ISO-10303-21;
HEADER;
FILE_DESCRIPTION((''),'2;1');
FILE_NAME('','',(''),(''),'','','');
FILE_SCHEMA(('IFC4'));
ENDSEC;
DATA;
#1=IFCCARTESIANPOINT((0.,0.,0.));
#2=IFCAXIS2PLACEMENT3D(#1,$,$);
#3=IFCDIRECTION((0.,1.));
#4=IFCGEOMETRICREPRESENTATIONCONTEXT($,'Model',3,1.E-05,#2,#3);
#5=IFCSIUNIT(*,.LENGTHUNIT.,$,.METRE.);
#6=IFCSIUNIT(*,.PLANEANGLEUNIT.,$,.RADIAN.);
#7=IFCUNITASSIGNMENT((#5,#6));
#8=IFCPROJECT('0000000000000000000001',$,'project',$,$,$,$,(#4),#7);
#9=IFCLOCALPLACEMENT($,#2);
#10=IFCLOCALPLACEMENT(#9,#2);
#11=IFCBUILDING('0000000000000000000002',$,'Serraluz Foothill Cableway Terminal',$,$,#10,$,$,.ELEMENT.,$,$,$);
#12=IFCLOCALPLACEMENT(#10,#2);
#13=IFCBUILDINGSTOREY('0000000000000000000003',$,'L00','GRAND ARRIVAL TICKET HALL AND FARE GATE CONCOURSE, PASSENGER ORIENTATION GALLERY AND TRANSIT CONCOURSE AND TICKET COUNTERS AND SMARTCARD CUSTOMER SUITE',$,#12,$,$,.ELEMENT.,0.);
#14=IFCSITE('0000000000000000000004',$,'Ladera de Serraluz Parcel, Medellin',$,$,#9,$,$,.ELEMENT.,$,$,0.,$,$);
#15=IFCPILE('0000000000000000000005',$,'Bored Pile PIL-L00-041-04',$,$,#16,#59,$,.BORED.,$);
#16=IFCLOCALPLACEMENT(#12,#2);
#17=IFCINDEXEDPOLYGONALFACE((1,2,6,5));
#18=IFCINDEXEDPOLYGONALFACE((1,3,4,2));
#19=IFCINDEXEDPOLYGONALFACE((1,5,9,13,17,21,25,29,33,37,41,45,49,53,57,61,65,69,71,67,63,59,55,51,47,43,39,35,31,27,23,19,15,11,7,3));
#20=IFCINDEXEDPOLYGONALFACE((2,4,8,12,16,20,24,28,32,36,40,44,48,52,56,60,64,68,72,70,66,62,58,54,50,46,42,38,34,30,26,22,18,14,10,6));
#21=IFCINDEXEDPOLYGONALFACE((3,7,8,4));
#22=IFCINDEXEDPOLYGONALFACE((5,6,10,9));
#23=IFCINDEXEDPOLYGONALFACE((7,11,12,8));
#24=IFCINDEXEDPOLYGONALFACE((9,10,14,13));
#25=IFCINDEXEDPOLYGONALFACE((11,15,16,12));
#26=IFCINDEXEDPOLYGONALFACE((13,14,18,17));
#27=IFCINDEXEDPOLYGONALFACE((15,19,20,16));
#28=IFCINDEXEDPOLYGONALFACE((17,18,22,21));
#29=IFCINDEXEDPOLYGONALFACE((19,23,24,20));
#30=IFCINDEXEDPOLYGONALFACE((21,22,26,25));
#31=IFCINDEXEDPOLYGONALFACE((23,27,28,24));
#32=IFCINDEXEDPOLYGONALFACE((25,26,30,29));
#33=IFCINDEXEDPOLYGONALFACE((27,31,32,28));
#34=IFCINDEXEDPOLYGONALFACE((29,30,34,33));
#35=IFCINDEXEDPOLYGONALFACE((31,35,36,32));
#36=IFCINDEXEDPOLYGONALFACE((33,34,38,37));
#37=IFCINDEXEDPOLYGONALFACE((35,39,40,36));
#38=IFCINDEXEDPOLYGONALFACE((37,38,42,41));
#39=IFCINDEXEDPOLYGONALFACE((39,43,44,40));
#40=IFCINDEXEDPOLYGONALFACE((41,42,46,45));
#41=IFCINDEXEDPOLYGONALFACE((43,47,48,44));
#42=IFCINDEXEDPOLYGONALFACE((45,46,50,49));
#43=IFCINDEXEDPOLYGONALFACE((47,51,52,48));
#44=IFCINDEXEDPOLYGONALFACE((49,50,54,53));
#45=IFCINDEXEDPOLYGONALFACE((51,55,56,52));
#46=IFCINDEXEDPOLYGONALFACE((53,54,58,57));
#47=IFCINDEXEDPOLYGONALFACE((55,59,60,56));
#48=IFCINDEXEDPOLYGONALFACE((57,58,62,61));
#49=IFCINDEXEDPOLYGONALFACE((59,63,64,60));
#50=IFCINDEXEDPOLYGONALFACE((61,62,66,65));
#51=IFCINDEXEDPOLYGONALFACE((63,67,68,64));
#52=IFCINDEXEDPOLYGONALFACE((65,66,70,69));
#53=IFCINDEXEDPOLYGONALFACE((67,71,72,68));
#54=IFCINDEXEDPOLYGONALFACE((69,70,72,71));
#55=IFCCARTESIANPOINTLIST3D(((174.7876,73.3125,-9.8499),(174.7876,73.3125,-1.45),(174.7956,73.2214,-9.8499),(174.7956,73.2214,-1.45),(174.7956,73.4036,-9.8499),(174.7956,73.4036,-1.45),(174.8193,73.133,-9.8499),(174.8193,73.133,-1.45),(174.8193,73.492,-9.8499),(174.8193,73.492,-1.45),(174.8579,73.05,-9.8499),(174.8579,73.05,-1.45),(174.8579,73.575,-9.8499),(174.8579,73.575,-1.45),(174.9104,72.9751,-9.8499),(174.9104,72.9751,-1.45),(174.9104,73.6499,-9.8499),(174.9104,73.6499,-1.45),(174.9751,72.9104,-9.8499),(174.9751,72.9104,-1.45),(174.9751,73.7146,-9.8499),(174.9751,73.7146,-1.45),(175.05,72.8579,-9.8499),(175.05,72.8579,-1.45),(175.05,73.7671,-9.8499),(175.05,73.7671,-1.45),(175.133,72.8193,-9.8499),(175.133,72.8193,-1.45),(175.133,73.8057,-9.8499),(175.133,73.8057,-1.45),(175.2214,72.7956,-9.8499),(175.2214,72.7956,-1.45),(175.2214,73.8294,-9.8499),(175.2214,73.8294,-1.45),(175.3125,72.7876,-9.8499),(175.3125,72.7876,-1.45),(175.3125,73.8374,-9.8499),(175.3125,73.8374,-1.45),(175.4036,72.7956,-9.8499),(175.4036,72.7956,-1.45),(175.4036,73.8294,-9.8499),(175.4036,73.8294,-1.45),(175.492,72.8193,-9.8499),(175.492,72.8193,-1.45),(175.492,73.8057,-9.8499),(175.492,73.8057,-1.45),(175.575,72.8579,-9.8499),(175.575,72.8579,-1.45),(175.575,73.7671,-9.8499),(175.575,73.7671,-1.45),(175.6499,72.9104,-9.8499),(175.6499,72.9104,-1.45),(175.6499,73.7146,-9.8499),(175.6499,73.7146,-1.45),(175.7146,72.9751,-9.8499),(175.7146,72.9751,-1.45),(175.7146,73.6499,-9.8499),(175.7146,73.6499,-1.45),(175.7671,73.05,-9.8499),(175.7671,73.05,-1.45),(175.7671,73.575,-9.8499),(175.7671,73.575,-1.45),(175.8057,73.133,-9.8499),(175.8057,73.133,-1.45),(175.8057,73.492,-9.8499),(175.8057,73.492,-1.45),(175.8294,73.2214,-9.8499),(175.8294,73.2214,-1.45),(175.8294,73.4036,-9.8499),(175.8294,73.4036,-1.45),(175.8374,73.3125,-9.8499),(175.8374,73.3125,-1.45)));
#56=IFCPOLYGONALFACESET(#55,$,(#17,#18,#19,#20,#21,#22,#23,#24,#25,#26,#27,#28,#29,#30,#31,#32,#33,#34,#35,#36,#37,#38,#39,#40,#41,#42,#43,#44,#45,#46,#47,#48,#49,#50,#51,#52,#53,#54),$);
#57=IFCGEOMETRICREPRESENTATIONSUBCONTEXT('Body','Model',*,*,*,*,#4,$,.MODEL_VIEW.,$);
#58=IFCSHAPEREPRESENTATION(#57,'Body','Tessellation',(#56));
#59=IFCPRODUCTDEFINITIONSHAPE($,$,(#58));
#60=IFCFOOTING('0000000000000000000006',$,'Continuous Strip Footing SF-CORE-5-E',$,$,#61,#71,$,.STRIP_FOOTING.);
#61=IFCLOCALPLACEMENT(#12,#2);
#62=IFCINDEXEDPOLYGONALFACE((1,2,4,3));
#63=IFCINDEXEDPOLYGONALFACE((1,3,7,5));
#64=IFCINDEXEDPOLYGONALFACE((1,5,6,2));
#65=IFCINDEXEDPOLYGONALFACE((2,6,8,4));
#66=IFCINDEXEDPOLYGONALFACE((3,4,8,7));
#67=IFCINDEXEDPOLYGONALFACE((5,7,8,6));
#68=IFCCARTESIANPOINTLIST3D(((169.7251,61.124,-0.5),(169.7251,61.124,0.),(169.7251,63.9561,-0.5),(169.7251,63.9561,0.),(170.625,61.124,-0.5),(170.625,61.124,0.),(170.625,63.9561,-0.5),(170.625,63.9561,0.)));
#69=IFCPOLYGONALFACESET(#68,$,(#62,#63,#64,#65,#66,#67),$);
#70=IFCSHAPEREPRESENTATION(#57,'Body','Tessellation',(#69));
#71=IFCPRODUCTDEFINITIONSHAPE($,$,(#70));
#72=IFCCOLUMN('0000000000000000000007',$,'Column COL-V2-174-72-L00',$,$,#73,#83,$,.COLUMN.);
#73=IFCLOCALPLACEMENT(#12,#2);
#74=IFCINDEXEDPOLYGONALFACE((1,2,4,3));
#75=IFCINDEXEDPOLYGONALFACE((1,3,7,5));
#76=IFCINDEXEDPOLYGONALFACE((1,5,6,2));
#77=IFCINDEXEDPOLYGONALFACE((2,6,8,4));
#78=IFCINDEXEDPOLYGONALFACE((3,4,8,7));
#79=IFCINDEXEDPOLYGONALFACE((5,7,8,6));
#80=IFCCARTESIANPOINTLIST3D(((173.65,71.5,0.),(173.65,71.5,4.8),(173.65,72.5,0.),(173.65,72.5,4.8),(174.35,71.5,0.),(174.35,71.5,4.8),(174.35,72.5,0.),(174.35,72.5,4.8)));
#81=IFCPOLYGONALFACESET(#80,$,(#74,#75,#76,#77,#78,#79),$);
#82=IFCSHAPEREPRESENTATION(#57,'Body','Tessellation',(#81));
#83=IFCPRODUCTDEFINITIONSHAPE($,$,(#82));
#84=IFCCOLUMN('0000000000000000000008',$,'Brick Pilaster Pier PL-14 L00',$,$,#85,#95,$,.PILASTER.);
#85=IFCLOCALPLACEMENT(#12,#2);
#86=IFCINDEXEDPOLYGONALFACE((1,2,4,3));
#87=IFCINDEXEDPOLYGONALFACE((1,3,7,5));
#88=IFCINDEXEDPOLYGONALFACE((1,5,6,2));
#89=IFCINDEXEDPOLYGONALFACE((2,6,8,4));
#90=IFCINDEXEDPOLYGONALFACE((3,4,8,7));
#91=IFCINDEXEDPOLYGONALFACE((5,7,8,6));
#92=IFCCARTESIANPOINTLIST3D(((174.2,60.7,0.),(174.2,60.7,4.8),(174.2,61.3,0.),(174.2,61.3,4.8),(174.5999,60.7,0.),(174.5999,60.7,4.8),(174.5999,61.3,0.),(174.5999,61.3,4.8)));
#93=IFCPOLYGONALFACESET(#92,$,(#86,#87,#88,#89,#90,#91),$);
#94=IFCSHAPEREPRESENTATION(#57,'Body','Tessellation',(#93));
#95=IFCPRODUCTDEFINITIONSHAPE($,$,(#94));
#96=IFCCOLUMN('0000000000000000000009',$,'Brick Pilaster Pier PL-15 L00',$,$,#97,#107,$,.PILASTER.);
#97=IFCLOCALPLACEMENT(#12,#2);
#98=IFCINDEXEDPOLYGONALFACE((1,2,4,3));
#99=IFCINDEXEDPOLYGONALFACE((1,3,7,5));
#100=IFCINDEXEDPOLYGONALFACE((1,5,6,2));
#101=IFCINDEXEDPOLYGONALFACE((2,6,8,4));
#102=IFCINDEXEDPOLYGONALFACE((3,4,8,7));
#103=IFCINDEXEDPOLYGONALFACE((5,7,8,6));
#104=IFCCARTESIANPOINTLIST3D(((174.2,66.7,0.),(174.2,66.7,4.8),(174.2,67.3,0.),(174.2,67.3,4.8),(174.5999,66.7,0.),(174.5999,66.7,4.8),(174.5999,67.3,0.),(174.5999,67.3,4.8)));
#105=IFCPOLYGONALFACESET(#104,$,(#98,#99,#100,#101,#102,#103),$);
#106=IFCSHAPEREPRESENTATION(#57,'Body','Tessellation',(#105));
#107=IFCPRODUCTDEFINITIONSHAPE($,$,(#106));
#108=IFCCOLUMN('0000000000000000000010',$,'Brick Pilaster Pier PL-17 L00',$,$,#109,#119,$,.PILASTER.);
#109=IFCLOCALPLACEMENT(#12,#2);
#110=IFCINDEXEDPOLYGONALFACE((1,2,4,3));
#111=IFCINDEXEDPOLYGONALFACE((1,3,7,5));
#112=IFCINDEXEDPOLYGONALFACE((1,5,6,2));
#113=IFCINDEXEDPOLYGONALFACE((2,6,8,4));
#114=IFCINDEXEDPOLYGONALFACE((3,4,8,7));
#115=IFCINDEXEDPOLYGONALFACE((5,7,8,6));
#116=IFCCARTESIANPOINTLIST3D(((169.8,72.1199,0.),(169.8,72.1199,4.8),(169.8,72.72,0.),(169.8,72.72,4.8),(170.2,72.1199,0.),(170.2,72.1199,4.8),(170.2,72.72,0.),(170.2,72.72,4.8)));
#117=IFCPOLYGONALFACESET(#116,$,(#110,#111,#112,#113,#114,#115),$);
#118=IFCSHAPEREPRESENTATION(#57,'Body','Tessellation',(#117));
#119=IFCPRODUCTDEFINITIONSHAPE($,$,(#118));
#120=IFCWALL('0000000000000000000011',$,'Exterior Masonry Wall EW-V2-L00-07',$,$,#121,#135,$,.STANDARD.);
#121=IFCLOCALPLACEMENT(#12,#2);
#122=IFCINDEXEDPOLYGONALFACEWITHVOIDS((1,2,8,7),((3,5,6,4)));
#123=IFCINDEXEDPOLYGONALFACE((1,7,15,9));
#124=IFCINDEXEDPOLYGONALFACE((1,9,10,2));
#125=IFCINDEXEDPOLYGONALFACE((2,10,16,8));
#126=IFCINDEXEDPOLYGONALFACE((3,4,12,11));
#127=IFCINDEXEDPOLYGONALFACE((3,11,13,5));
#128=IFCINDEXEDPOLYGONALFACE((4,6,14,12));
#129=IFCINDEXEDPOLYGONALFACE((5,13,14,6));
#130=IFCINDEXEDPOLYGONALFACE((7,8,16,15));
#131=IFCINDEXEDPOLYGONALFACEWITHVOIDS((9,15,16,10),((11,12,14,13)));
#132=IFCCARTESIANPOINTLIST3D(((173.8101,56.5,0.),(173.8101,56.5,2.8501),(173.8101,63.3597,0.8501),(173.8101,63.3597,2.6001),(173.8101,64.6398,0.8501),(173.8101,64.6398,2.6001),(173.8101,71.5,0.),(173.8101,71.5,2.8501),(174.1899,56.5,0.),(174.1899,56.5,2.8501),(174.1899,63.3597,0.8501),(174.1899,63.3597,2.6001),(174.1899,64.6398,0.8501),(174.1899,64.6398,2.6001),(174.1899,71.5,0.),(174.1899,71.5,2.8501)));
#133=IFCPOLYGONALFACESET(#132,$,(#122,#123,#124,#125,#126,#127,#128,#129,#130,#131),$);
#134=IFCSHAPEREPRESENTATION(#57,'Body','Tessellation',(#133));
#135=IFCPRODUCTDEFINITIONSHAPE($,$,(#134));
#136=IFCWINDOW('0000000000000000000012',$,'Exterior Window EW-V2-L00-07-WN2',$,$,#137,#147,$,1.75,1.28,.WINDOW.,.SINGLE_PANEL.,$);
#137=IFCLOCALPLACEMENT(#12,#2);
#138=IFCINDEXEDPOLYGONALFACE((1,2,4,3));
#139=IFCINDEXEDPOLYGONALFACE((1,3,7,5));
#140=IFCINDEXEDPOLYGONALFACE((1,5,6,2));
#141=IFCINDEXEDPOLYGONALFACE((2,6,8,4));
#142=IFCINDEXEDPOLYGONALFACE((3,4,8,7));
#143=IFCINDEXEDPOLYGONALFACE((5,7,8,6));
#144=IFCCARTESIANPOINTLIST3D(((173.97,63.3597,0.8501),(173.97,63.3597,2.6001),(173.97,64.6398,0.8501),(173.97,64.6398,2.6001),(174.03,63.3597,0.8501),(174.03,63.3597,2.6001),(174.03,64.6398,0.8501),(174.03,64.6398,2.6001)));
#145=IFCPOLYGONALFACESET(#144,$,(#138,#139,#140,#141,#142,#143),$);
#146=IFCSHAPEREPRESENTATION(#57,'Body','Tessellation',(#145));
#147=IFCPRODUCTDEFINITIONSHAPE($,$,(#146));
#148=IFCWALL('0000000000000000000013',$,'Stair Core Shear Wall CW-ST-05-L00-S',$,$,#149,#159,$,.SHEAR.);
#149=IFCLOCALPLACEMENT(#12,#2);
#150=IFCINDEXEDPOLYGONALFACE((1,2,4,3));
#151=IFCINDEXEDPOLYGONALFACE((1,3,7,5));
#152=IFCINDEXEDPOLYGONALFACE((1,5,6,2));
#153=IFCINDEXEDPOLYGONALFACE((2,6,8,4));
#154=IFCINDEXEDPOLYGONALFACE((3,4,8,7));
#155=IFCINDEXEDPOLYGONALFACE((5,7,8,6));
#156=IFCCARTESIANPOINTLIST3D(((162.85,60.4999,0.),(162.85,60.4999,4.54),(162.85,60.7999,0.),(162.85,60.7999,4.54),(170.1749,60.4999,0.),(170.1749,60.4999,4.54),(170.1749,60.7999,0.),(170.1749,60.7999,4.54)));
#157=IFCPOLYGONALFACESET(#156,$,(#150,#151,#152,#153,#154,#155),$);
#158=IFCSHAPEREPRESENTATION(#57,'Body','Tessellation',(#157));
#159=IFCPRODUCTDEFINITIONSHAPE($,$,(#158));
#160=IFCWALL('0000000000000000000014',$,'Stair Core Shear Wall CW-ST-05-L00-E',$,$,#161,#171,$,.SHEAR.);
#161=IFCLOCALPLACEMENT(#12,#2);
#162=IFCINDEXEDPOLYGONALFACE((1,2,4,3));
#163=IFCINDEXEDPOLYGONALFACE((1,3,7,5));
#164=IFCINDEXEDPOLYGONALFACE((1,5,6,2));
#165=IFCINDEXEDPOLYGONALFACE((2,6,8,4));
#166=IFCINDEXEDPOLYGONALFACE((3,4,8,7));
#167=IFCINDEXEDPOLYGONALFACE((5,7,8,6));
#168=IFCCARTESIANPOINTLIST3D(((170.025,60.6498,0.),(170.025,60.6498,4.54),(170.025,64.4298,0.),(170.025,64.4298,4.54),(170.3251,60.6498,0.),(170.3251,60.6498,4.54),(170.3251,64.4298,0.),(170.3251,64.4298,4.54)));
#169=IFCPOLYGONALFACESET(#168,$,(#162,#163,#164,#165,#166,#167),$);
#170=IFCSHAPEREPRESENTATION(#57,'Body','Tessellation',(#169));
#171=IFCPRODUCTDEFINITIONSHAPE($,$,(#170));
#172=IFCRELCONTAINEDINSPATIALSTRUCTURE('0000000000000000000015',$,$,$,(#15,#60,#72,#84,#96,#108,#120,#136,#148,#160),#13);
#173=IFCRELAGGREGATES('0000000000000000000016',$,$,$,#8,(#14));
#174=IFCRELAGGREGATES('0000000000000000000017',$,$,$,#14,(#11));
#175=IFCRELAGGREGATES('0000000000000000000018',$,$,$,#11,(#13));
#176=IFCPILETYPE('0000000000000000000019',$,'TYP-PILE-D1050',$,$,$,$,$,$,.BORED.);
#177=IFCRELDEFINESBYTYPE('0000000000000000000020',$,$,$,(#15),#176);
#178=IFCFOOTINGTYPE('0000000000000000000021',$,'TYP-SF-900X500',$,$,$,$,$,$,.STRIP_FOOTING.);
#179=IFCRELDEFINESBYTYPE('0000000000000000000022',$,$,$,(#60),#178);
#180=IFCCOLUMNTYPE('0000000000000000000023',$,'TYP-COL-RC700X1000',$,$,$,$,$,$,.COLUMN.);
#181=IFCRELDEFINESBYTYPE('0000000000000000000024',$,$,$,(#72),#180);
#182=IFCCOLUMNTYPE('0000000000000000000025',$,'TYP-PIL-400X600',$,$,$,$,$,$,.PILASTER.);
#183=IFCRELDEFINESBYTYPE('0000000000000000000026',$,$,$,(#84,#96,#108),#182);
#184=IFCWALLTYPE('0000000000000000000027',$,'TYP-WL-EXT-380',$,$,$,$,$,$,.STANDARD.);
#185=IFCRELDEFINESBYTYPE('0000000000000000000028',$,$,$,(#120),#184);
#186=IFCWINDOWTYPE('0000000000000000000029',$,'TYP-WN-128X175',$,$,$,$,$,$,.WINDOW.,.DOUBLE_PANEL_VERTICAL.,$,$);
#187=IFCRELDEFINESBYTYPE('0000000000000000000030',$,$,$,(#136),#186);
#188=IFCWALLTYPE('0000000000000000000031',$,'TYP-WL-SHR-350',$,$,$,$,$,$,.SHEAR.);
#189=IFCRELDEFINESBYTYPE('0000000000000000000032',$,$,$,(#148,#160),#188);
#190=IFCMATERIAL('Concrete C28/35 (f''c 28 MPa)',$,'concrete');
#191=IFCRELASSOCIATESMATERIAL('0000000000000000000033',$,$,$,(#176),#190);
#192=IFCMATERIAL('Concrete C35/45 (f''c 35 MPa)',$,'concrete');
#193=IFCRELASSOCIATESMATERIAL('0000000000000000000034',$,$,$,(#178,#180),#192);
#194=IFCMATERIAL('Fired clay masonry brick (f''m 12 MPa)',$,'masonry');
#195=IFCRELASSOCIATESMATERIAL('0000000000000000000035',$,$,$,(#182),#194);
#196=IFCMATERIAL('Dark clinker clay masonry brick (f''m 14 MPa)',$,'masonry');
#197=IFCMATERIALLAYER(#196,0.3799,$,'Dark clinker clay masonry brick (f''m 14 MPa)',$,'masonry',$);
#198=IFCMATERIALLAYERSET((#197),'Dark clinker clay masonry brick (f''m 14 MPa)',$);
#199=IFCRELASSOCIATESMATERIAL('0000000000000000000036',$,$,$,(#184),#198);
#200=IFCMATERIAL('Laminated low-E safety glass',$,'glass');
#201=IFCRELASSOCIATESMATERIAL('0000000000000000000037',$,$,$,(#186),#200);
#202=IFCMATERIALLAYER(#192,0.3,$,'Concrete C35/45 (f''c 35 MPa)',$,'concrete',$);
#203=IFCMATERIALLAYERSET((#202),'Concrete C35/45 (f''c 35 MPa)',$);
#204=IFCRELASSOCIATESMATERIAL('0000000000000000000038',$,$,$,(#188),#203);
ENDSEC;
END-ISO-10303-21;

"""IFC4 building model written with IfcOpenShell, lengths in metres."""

from ifc_helpers import new_model, si_unit, direction, frame, frame_2d, origin, origin_2d, place, context, subcontext, project, spatial, rectangle, circle, extrude, material, layer, layer_set, material_profile, profile_set, type_object, element, fill, save


model = new_model("IFC4")

# Units and contexts
model_context = context("Model", 3, precision=1e-05, world=origin(), true_north=direction((0.0, 1.0)))
body_context = subcontext(model_context, "Body", "Model", "MODEL_VIEW")
ifc_project = project(units=[si_unit("LENGTHUNIT", "METRE"), si_unit("PLANEANGLEUNIT", "RADIAN")], contexts=[model_context])

# Site, building, storey
site_placement = place(None, origin())
site = spatial("IfcSite", under=ifc_project, at=site_placement, Name="Ladera de Serraluz Parcel, Medellin", CompositionType="ELEMENT", RefElevation=0.0)
building_placement = place(site_placement, origin())
building = spatial("IfcBuilding", under=site, at=building_placement, Name="Serraluz Foothill Cableway Terminal", CompositionType="ELEMENT")
storey_placement = place(building_placement, origin())
storey = spatial("IfcBuildingStorey", under=building, at=storey_placement, Name="L00", Description="GRAND ARRIVAL TICKET HALL AND FARE GATE CONCOURSE, PASSENGER ORIENTATION GALLERY AND TRANSIT CONCOURSE AND TICKET COUNTERS AND SMARTCARD CUSTOMER SUITE", CompositionType="ELEMENT", Elevation=0.0)

# Shared definitions
ifc_material_1 = material(Name="Concrete C35/45 (f'c 35 MPa)", Category="concrete")

# Pile
ifc_material_2 = material(Name="Concrete C28/35 (f'c 28 MPa)", Category="concrete")
ifc_material_profile_1 = material_profile(ifc_material_2, circle(Radius=0.5249, at=origin_2d()), Name="BORED PILE D1050")
ifc_profile_set_1 = profile_set([ifc_material_profile_1], Name="Concrete C28/35 (f'c 28 MPa)")
pile_type = type_object("IfcPileType", Name="TYP-PILE-D1050", PredefinedType="BORED", material=ifc_profile_set_1)
for number, where, z_axis, x_axis, name in (
    (1, (175.3125, 73.3125, -1.45), (0.0, 0.0, -1.0), (1.0, 0.0, 0.0), "Bored Pile PIL-L00-041-04"),
):
    element("IfcPile", number, at=place(storey_placement, frame(where, z_axis=z_axis, x_axis=x_axis)), inside=storey, type_object=pile_type, Name=name, PredefinedType="BORED", context=body_context, shape_type="SweptSolid", body=[
        extrude(circle(Radius=0.5249, at=origin_2d()), origin(), (0.0, 0.0, 1.0), 8.3999),
    ])

# Footing
ifc_material_profile_2 = material_profile(ifc_material_1, rectangle(XDim=0.8999, YDim=0.5, at=origin_2d()), Name="SF 900x500")
ifc_profile_set_2 = profile_set([ifc_material_profile_2], Name="Concrete C35/45 (f'c 35 MPa)")
footing_type_1 = type_object("IfcFootingType", Name="TYP-SF-900X500", PredefinedType="STRIP_FOOTING", material=ifc_profile_set_2)
footing_1_placement = place(storey_placement, frame((170.175, 61.124, -0.25), z_axis=(0.0, 1.0, 0.0), x_axis=(-1.0, 0.0, 0.0)))
element("IfcFooting", 2, at=footing_1_placement, inside=storey, type_object=footing_type_1, Name="Continuous Strip Footing SF-CORE-5-E", PredefinedType="STRIP_FOOTING", context=body_context, shape_type="SweptSolid", body=[
    extrude(rectangle(XDim=0.8999, YDim=0.5, at=origin_2d()), origin(), (0.0, 0.0, 1.0), 2.832),
])

# Columns
ifc_material_profile_3 = material_profile(ifc_material_1, rectangle(XDim=0.7, YDim=1.0, at=origin_2d()), Name="RC 700x1000")
ifc_profile_set_3 = profile_set([ifc_material_profile_3], Name="Concrete C35/45 (f'c 35 MPa)")
column_type_1 = type_object("IfcColumnType", Name="TYP-COL-RC700X1000", PredefinedType="COLUMN", material=ifc_profile_set_3)
column_placement = place(storey_placement, frame((174.0, 72.0, 0.0), z_axis=(0.0, 0.0, 1.0), x_axis=(1.0, 0.0, 0.0)))
element("IfcColumn", 3, at=column_placement, inside=storey, type_object=column_type_1, Name="Column COL-V2-174-72-L00", PredefinedType="COLUMN", context=body_context, shape_type="SweptSolid", body=[
    extrude(rectangle(XDim=0.7, YDim=1.0, at=origin_2d()), origin(), (0.0, 0.0, 1.0), 4.8),
])
ifc_material_3 = material(Name="Fired clay masonry brick (f'm 12 MPa)", Category="masonry")
ifc_material_profile_4 = material_profile(ifc_material_3, rectangle(XDim=0.3999, YDim=0.6001, at=origin_2d()), Name="PIL 400x600")
ifc_profile_set_4 = profile_set([ifc_material_profile_4], Name="Fired clay masonry brick (f'm 12 MPa)")
column_type_2 = type_object("IfcColumnType", Name="TYP-PIL-400X600", PredefinedType="PILASTER", material=ifc_profile_set_4)
for number, where, z_axis, x_axis, name in (
    (4, (174.3999, 61.0, 0.0), (0.0, 0.0, 1.0), (1.0, 0.0, 0.0), "Brick Pilaster Pier PL-14 L00"),
    (5, (174.3999, 67.0, 0.0), (0.0, 0.0, 1.0), (1.0, 0.0, 0.0), "Brick Pilaster Pier PL-15 L00"),
    (6, (170.0, 72.4199, 0.0), (0.0, 0.0, 1.0), (1.0, 0.0, 0.0), "Brick Pilaster Pier PL-17 L00"),
):
    element("IfcColumn", number, at=place(storey_placement, frame(where, z_axis=z_axis, x_axis=x_axis)), inside=storey, type_object=column_type_2, Name=name, PredefinedType="PILASTER", context=body_context, shape_type="SweptSolid", body=[
        extrude(rectangle(XDim=0.3999, YDim=0.6001, at=origin_2d()), origin(), (0.0, 0.0, 1.0), 4.8),
    ])

# Wall, opening, window
ifc_material_4 = material(Name="Dark clinker clay masonry brick (f'm 14 MPa)", Category="masonry")
ifc_layer_1 = layer(ifc_material_4, 0.3799, Name="Dark clinker clay masonry brick (f'm 14 MPa)", Category="masonry")
ifc_layer_set_1 = layer_set([ifc_layer_1], Name="Dark clinker clay masonry brick (f'm 14 MPa)")
wall_type_1 = type_object("IfcWallType", Name="TYP-WL-EXT-380", PredefinedType="STANDARD", material=ifc_layer_set_1)
wall_1_placement = place(storey_placement, frame((174.0, 71.5, 0.0), z_axis=(0.0, 0.0, 1.0), x_axis=(0.0, -1.0, 0.0)))
wall_1 = element("IfcWall", 7, at=wall_1_placement, inside=storey, type_object=wall_type_1, Name="Exterior Masonry Wall EW-V2-L00-07", PredefinedType="STANDARD", context=body_context, shape_type="SweptSolid", body=[
    extrude(rectangle(XDim=15.0, YDim=0.3799, at=frame_2d((7.5, 0.0))), origin(), (0.0, 0.0, 1.0), 2.8501),
])
opening_placement = place(wall_1_placement, frame((6.8601, 0.0, 0.8501)))
opening = element("IfcOpeningElement", 8, at=opening_placement, cuts=wall_1, PredefinedType="OPENING", context=body_context, shape_type="SweptSolid", body=[
    extrude(rectangle(XDim=1.28, YDim=1.75, at=frame_2d((0.6401, 0.875))), frame((0.0, 0.2, 0.0), z_axis=(0.0, -1.0, 0.0), x_axis=(1.0, 0.0, 0.0)), (0.0, 0.0, 1.0), 0.3999),
])
ifc_material_5 = material(Name="Laminated low-E safety glass", Category="glass")
window_type = type_object("IfcWindowType", Name="TYP-WN-128X175", PartitioningType="DOUBLE_PANEL_VERTICAL", PredefinedType="WINDOW", material=ifc_material_5)
window_placement = place(opening_placement, origin())
window = element("IfcWindow", 9, at=window_placement, inside=storey, type_object=window_type, Name="Exterior Window EW-V2-L00-07-WN2", OverallHeight=1.75, OverallWidth=1.28, PartitioningType="SINGLE_PANEL", PredefinedType="WINDOW", context=body_context, shape_type="SweptSolid", body=[
    extrude(rectangle(XDim=1.28, YDim=1.75, at=frame_2d((0.6401, 0.875))), frame((0.0, 0.03, 0.0), z_axis=(0.0, -1.0, 0.0), x_axis=(1.0, 0.0, 0.0)), (0.0, 0.0, 1.0), 0.0601),
])
fill(opening, window)

# Walls
ifc_layer_2 = layer(ifc_material_1, 0.3, Name="Concrete C35/45 (f'c 35 MPa)", Category="concrete")
ifc_layer_set_2 = layer_set([ifc_layer_2], Name="Concrete C35/45 (f'c 35 MPa)")
wall_type_2 = type_object("IfcWallType", Name="TYP-WL-SHR-350", PredefinedType="SHEAR", material=ifc_layer_set_2)
wall_2_placement = place(storey_placement, frame((170.175, 60.6499, 0.0), z_axis=(0.0, 0.0, 1.0), x_axis=(-1.0, 0.0, 0.0)))
element("IfcWall", 10, at=wall_2_placement, inside=storey, type_object=wall_type_2, Name="Stair Core Shear Wall CW-ST-05-L00-S", PredefinedType="SHEAR", context=body_context, shape_type="SweptSolid", body=[
    extrude(rectangle(XDim=7.325, YDim=0.3, at=frame_2d((3.6626, 0.0))), origin(), (0.0, 0.0, 1.0), 4.54),
])
wall_3_placement = place(storey_placement, frame((170.175, 64.4299, 0.0), z_axis=(0.0, 0.0, 1.0), x_axis=(0.0, -1.0, 0.0)))
element("IfcWall", 11, at=wall_3_placement, inside=storey, type_object=wall_type_2, Name="Stair Core Shear Wall CW-ST-05-L00-E", PredefinedType="SHEAR", context=body_context, shape_type="SweptSolid", body=[
    extrude(rectangle(XDim=3.78, YDim=0.3, at=frame_2d((1.8901, 0.0))), origin(), (0.0, 0.0, 1.0), 4.54),
])

save(model, "model.ifc")
